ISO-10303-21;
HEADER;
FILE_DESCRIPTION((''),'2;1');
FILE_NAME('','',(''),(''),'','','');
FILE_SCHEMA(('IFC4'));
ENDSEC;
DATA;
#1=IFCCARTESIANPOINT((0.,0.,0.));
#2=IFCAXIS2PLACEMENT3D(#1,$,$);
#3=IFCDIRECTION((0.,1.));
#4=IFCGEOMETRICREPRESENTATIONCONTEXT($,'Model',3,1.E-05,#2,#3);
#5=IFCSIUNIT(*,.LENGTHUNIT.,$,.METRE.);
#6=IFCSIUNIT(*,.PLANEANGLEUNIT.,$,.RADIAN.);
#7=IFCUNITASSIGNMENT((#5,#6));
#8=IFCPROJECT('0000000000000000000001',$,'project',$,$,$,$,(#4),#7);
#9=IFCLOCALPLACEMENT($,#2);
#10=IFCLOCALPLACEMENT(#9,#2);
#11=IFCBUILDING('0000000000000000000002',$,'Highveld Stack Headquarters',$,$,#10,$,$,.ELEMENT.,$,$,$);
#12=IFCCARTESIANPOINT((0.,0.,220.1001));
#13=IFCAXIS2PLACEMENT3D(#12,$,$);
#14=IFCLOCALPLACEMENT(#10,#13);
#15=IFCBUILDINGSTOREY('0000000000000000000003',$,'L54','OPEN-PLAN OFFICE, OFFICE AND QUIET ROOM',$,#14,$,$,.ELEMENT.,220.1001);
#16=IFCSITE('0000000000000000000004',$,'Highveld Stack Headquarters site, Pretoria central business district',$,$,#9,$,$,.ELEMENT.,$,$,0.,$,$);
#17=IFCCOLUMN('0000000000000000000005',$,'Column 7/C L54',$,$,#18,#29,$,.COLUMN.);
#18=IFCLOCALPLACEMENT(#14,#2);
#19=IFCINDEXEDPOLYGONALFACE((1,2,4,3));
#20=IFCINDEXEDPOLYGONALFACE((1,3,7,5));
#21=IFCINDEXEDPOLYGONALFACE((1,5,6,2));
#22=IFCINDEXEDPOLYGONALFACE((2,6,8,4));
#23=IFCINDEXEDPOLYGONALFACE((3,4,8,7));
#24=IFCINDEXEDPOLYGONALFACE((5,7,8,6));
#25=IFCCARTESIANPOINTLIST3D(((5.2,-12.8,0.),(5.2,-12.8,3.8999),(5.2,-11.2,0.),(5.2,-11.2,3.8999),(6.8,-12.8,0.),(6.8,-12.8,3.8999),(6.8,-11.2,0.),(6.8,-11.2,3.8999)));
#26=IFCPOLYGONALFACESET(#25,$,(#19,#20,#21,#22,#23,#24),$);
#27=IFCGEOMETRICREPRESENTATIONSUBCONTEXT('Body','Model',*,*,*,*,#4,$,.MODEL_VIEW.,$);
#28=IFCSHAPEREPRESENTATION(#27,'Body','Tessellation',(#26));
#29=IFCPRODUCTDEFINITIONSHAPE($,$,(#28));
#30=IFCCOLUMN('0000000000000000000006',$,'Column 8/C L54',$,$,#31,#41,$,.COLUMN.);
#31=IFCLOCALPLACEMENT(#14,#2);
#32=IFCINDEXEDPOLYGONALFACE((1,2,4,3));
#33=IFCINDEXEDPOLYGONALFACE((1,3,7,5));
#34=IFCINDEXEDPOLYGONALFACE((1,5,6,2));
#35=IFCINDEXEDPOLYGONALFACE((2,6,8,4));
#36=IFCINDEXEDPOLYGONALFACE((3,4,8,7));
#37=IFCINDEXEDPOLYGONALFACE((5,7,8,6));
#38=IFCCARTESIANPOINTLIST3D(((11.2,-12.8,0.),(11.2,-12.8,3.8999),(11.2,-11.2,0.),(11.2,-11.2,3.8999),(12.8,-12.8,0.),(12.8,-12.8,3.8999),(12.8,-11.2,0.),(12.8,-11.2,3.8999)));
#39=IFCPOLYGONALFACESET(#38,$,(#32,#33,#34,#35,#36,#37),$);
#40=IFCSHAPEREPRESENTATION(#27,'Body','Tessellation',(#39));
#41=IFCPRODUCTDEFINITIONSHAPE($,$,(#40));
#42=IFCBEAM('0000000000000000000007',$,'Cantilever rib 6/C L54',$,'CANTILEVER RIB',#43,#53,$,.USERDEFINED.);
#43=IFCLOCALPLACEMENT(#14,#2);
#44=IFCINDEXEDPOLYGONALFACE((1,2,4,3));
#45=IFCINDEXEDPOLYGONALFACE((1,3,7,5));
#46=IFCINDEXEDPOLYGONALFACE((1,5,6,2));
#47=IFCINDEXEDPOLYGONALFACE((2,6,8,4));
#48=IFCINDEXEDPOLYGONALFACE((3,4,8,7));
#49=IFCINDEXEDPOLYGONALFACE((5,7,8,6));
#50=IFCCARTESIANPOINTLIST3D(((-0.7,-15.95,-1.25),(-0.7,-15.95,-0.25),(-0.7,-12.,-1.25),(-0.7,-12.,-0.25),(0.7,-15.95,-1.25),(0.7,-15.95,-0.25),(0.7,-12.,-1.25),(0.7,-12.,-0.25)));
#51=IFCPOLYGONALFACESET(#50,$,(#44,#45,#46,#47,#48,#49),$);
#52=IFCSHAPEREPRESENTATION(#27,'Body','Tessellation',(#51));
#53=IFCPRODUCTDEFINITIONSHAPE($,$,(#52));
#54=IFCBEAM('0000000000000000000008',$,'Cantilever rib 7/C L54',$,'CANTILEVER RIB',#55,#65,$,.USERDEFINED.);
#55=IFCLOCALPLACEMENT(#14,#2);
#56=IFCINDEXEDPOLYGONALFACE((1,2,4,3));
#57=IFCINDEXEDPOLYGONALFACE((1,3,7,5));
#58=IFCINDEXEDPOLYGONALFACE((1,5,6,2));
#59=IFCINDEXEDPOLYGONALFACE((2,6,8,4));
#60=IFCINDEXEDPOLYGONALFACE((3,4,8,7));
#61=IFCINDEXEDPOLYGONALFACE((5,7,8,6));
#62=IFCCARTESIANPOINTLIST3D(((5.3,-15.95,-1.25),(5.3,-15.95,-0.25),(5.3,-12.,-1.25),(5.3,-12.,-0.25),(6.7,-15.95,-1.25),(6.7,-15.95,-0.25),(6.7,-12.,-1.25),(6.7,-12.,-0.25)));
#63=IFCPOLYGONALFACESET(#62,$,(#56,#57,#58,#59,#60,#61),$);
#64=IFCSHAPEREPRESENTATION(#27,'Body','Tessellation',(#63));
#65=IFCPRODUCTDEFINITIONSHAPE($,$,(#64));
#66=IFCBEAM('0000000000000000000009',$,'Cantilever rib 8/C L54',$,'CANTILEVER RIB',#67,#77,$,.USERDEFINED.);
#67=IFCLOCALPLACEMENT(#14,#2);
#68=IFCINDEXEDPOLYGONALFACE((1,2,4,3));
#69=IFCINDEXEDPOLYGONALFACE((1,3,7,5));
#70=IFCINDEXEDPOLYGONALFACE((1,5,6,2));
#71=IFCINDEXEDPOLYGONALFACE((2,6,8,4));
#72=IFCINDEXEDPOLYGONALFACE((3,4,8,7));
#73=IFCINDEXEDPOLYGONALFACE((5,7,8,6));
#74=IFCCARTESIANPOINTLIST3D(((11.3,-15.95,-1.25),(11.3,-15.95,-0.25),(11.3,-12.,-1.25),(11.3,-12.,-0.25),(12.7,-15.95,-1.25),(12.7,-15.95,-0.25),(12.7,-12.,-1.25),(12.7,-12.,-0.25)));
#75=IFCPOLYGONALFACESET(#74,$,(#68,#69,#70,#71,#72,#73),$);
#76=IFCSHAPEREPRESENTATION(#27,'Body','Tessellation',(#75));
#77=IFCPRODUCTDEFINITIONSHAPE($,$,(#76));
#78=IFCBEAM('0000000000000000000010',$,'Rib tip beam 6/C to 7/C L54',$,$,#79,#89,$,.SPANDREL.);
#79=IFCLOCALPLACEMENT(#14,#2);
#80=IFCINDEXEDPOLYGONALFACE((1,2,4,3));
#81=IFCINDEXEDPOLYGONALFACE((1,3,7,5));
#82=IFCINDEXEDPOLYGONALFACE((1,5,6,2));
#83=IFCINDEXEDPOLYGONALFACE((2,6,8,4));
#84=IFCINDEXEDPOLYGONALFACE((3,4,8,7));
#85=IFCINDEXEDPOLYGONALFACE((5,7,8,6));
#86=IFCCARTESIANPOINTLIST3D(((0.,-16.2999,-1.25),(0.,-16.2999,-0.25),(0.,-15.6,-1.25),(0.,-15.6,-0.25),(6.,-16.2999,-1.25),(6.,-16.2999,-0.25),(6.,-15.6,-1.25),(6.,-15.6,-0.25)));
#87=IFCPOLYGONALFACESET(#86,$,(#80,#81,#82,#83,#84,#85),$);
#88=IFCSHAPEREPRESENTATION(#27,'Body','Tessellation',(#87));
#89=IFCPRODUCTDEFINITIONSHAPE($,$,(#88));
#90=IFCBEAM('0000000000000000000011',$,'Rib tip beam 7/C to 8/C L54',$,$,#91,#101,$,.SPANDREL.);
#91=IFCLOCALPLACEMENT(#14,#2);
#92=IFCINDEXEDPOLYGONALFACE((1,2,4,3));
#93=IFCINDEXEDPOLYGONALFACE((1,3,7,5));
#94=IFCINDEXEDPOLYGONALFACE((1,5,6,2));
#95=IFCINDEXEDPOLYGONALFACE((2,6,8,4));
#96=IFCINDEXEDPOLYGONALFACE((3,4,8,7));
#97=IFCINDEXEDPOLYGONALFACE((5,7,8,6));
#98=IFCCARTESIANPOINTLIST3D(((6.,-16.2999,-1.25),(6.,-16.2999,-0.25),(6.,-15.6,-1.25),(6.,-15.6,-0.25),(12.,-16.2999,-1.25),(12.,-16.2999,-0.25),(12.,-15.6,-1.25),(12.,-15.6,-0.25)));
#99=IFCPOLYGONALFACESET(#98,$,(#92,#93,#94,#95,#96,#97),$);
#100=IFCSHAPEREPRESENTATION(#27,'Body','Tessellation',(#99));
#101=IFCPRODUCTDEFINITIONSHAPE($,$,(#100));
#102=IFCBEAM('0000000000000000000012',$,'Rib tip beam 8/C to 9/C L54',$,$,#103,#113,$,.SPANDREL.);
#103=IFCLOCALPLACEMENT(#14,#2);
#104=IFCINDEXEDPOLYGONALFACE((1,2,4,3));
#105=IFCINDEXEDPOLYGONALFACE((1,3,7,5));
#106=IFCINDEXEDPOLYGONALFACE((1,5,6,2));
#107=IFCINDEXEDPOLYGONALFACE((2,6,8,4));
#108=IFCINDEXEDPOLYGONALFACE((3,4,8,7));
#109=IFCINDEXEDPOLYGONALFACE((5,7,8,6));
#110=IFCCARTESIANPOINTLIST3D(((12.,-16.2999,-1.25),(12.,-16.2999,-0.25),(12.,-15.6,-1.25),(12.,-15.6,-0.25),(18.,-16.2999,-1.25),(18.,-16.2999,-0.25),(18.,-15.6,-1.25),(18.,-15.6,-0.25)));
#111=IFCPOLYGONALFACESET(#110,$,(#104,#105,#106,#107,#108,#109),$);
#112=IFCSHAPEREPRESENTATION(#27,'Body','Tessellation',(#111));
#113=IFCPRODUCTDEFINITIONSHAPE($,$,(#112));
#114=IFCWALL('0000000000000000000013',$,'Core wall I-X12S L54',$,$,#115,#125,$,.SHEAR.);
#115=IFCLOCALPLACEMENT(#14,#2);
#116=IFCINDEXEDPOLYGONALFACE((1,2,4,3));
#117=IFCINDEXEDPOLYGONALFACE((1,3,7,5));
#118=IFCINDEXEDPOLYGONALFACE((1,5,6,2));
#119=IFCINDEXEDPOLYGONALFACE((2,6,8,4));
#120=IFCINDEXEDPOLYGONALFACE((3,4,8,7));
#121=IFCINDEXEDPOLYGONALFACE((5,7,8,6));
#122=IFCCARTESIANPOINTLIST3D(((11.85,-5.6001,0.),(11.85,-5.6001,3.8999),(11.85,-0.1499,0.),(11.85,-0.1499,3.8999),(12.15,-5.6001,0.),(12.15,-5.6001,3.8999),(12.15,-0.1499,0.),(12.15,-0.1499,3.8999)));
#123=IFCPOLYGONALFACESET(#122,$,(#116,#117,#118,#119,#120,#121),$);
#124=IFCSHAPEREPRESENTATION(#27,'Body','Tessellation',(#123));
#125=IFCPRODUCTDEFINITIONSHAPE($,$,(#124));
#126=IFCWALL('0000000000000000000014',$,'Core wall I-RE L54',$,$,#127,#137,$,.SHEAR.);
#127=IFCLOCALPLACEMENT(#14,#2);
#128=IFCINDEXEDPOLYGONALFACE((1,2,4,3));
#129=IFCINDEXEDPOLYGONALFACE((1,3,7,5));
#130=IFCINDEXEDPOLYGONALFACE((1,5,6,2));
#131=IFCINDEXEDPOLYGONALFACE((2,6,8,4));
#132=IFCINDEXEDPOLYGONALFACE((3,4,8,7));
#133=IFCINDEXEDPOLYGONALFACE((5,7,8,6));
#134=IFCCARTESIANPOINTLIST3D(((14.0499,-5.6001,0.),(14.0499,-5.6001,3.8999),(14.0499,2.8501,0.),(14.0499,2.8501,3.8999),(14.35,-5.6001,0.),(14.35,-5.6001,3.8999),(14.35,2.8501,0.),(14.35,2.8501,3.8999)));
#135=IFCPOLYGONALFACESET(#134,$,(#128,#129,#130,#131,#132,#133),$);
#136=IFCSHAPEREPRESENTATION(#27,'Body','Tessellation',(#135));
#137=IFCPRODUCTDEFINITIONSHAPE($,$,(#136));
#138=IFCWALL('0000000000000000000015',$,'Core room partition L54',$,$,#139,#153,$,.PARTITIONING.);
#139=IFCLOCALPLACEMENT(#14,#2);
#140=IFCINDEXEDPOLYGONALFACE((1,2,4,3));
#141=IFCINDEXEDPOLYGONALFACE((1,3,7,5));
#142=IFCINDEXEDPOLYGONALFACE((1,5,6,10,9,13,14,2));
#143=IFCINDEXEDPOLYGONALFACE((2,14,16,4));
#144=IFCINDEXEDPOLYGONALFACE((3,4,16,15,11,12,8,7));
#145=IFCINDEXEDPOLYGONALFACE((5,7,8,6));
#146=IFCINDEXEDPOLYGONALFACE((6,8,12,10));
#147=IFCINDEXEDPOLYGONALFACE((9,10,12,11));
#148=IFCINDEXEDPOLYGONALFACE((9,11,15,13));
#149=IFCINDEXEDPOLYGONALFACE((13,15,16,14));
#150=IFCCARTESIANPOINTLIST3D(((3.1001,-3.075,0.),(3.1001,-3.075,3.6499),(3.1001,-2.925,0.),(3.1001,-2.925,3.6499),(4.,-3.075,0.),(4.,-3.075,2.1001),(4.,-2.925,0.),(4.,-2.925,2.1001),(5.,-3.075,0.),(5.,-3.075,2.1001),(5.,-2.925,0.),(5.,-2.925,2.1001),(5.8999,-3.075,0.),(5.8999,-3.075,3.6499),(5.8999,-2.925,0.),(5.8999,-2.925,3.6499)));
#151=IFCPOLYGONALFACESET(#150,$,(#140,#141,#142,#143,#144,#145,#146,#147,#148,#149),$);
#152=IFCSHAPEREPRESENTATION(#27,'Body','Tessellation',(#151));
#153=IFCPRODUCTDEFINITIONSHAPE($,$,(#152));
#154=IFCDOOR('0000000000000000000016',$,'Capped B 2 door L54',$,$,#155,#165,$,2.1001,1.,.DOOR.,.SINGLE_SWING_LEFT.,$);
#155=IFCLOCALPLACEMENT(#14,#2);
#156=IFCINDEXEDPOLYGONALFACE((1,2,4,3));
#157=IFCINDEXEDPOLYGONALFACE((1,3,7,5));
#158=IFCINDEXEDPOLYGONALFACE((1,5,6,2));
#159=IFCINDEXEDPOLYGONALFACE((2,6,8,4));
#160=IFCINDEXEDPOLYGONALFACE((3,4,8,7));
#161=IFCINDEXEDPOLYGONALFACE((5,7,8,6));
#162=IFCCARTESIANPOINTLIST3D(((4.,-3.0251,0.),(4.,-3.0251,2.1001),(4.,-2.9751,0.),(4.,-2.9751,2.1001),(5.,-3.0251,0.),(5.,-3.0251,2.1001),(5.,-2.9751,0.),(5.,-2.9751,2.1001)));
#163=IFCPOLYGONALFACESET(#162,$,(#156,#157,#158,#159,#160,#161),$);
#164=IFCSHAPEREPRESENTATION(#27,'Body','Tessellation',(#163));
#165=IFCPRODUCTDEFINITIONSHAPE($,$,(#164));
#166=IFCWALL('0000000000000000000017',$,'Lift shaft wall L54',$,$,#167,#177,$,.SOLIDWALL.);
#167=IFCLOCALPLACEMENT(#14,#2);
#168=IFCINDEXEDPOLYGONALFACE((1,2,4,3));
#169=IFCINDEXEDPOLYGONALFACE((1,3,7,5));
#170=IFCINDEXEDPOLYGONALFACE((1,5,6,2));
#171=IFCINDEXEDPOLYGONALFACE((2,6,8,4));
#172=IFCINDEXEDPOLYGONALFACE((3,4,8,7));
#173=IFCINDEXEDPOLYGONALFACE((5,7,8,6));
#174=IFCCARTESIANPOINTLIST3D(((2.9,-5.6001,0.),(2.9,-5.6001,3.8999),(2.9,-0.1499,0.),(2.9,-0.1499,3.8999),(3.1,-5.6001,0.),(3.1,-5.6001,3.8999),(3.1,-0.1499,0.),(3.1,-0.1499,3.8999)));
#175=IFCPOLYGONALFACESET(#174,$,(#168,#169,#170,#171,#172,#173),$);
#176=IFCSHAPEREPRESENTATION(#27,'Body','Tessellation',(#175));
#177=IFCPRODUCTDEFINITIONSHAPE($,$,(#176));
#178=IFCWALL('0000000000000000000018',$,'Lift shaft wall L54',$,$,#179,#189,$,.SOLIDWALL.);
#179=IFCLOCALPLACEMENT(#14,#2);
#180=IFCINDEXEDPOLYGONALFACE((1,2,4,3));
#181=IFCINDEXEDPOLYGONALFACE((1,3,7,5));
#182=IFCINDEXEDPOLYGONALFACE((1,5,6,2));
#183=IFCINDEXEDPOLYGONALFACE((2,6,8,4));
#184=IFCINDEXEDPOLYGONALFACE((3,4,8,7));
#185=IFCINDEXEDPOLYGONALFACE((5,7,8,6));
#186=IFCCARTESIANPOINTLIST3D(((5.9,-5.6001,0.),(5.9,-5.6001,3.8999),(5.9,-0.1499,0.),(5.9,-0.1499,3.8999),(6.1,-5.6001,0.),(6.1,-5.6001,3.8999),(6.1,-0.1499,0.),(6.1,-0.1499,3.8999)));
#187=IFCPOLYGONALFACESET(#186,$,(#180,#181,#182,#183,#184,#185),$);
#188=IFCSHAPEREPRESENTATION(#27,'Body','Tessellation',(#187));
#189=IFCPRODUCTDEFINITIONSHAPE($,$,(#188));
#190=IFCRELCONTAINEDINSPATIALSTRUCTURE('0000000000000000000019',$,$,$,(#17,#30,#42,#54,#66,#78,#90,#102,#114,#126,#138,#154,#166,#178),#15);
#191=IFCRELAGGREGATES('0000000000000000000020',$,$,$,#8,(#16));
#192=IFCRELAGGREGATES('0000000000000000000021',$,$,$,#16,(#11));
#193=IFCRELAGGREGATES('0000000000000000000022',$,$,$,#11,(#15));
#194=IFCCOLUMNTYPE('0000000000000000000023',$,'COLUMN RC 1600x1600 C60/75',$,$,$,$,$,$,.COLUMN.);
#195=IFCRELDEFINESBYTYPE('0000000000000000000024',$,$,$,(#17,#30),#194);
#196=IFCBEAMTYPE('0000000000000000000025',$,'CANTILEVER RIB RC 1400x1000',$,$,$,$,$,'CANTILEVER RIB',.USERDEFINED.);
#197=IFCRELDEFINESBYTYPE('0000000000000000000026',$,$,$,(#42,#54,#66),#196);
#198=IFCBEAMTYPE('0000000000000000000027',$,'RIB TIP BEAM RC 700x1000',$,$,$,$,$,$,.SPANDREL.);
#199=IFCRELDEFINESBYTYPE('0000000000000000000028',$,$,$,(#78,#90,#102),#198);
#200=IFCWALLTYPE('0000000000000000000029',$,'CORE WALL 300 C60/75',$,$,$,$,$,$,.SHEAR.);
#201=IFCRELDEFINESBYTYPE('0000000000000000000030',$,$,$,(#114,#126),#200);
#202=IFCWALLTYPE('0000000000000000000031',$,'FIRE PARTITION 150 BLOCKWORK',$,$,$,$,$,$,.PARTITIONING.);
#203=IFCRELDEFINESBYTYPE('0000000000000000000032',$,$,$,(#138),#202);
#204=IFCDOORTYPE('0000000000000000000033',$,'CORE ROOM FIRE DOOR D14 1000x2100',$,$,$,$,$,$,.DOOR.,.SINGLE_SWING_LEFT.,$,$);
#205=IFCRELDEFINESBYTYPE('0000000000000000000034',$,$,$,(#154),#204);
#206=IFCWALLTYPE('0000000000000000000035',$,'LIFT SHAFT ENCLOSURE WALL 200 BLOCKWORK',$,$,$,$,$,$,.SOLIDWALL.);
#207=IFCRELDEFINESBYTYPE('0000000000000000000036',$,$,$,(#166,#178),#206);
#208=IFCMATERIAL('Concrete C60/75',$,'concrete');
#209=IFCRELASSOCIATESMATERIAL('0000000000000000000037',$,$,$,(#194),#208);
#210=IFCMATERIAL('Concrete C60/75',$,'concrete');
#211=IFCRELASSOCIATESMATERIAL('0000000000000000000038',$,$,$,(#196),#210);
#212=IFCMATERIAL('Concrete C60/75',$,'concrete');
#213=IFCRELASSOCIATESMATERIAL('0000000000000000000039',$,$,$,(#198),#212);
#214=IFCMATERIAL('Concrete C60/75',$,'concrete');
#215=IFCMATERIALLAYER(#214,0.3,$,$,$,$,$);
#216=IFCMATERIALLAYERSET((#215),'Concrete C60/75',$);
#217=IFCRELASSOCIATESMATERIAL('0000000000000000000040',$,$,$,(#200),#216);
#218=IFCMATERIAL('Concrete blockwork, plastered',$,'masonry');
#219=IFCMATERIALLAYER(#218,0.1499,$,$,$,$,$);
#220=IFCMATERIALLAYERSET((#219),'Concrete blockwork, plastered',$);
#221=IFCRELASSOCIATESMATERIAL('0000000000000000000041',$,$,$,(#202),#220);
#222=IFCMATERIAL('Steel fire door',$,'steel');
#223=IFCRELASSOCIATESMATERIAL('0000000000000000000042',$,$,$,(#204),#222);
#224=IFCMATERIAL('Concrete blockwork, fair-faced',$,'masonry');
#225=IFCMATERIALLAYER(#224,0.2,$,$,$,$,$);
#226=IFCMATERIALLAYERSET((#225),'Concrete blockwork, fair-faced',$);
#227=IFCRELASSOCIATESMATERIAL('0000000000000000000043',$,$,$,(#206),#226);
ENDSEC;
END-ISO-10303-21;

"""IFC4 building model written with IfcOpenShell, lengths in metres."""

from ifc_helpers import new_model, si_unit, direction, frame, frame_2d, origin, origin_2d, place, context, subcontext, project, spatial, rectangle, extrude, material, layer, layer_set, material_profile, profile_set, type_object, element, fill, save


model = new_model("IFC4")

# Units and contexts
model_context = context("Model", 3, precision=1e-05, world=origin(), true_north=direction((0.0, 1.0)))
body_context = subcontext(model_context, "Body", "Model", "MODEL_VIEW")
ifc_project = project(units=[si_unit("LENGTHUNIT", "METRE"), si_unit("PLANEANGLEUNIT", "RADIAN")], contexts=[model_context])

# Site, building, storey
site_placement = place(None, origin())
site = spatial("IfcSite", under=ifc_project, at=site_placement, Name="Highveld Stack Headquarters site, Pretoria central business district", CompositionType="ELEMENT", RefElevation=0.0)
building_placement = place(site_placement, origin())
building = spatial("IfcBuilding", under=site, at=building_placement, Name="Highveld Stack Headquarters", CompositionType="ELEMENT")
storey_placement = place(building_placement, frame((0.0, 0.0, 220.1001)))
storey = spatial("IfcBuildingStorey", under=building, at=storey_placement, Name="L54", Description="OPEN-PLAN OFFICE, OFFICE AND QUIET ROOM", CompositionType="ELEMENT", Elevation=220.1001)

# Columns
ifc_material_1 = material(Name="Concrete C60/75", Category="concrete")
ifc_material_profile_1 = material_profile(ifc_material_1, rectangle(XDim=1.6001, YDim=1.6001, at=origin_2d()), Name="RC 1600x1600")
ifc_profile_set_1 = profile_set([ifc_material_profile_1], Name="Concrete C60/75")
column_type = type_object("IfcColumnType", Name="COLUMN RC 1600x1600 C60/75", PredefinedType="COLUMN", material=ifc_profile_set_1)
for number, where, z_axis, x_axis, name in (
    (1, (6.0, -12.0, 0.0), (0.0, 0.0, 1.0), (1.0, 0.0, 0.0), "Column 7/C L54"),
    (2, (12.0, -12.0, 0.0), (0.0, 0.0, 1.0), (1.0, 0.0, 0.0), "Column 8/C L54"),
):
    element("IfcColumn", number, at=place(storey_placement, frame(where, z_axis=z_axis, x_axis=x_axis)), inside=storey, type_object=column_type, Name=name, PredefinedType="COLUMN", context=body_context, shape_type="SweptSolid", body=[
        extrude(rectangle(XDim=1.6001, YDim=1.6001, at=origin_2d()), origin(), (0.0, 0.0, 1.0), 3.8999),
    ])

# Beams
ifc_material_2 = material(Name="Concrete C60/75", Category="concrete")
ifc_material_profile_2 = material_profile(ifc_material_2, rectangle(XDim=1.3999, YDim=1.0, at=origin_2d()), Name="RC 1400x1000")
ifc_profile_set_2 = profile_set([ifc_material_profile_2], Name="Concrete C60/75")
beam_type_1 = type_object("IfcBeamType", Name="CANTILEVER RIB RC 1400x1000", ElementType="CANTILEVER RIB", PredefinedType="USERDEFINED", material=ifc_profile_set_2)
for number, where, z_axis, x_axis, name in (
    (3, (0.0, -12.0, -0.75), (0.0, -1.0, 0.0), (1.0, 0.0, 0.0), "Cantilever rib 6/C L54"),
    (4, (6.0, -12.0, -0.75), (0.0, -1.0, 0.0), (1.0, 0.0, 0.0), "Cantilever rib 7/C L54"),
    (5, (12.0, -12.0, -0.75), (0.0, -1.0, 0.0), (1.0, 0.0, 0.0), "Cantilever rib 8/C L54"),
):
    element("IfcBeam", number, at=place(storey_placement, frame(where, z_axis=z_axis, x_axis=x_axis)), inside=storey, type_object=beam_type_1, Name=name, ObjectType="CANTILEVER RIB", PredefinedType="USERDEFINED", context=body_context, shape_type="SweptSolid", body=[
        extrude(rectangle(XDim=1.3999, YDim=1.0, at=origin_2d()), origin(), (0.0, 0.0, 1.0), 3.95),
    ])
ifc_material_3 = material(Name="Concrete C60/75", Category="concrete")
ifc_material_profile_3 = material_profile(ifc_material_3, rectangle(XDim=0.7, YDim=1.0, at=origin_2d()), Name="RC 700x1000")
ifc_profile_set_3 = profile_set([ifc_material_profile_3], Name="Concrete C60/75")
beam_type_2 = type_object("IfcBeamType", Name="RIB TIP BEAM RC 700x1000", PredefinedType="SPANDREL", material=ifc_profile_set_3)
for number, where, z_axis, x_axis, name in (
    (6, (0.0, -15.95, -0.75), (1.0, 0.0, 0.0), (0.0, 1.0, 0.0), "Rib tip beam 6/C to 7/C L54"),
    (7, (6.0, -15.95, -0.75), (1.0, 0.0, 0.0), (0.0, 1.0, 0.0), "Rib tip beam 7/C to 8/C L54"),
    (8, (12.0, -15.95, -0.75), (1.0, 0.0, 0.0), (0.0, 1.0, 0.0), "Rib tip beam 8/C to 9/C L54"),
):
    element("IfcBeam", number, at=place(storey_placement, frame(where, z_axis=z_axis, x_axis=x_axis)), inside=storey, type_object=beam_type_2, Name=name, PredefinedType="SPANDREL", context=body_context, shape_type="SweptSolid", body=[
        extrude(rectangle(XDim=0.7, YDim=1.0, at=origin_2d()), origin(), (0.0, 0.0, 1.0), 6.0),
    ])

# Walls
ifc_material_4 = material(Name="Concrete C60/75", Category="concrete")
ifc_layer_1 = layer(ifc_material_4, 0.3)
ifc_layer_set_1 = layer_set([ifc_layer_1], Name="Concrete C60/75")
wall_type_1 = type_object("IfcWallType", Name="CORE WALL 300 C60/75", PredefinedType="SHEAR", material=ifc_layer_set_1)
wall_1_placement = place(storey_placement, frame((12.0, -5.6001, 0.0), z_axis=(0.0, 0.0, 1.0), x_axis=(0.0, 1.0, 0.0)))
element("IfcWall", 9, at=wall_1_placement, inside=storey, type_object=wall_type_1, Name="Core wall I-X12S L54", PredefinedType="SHEAR", context=body_context, shape_type="SweptSolid", body=[
    extrude(rectangle(XDim=5.4502, YDim=0.3, at=frame_2d((2.7251, 0.0))), origin(), (0.0, 0.0, 1.0), 3.8999),
])
wall_2_placement = place(storey_placement, frame((14.2, -5.6001, 0.0), z_axis=(0.0, 0.0, 1.0), x_axis=(0.0, 1.0, 0.0)))
element("IfcWall", 10, at=wall_2_placement, inside=storey, type_object=wall_type_1, Name="Core wall I-RE L54", PredefinedType="SHEAR", context=body_context, shape_type="SweptSolid", body=[
    extrude(rectangle(XDim=8.4502, YDim=0.3, at=frame_2d((4.2251, 0.0))), origin(), (0.0, 0.0, 1.0), 3.8999),
])

# Wall, opening, door
ifc_material_5 = material(Name="Concrete blockwork, plastered", Category="masonry")
ifc_layer_2 = layer(ifc_material_5, 0.1499)
ifc_layer_set_2 = layer_set([ifc_layer_2], Name="Concrete blockwork, plastered")
wall_type_2 = type_object("IfcWallType", Name="FIRE PARTITION 150 BLOCKWORK", PredefinedType="PARTITIONING", material=ifc_layer_set_2)
wall_3_placement = place(storey_placement, frame((3.1001, -3.0, 0.0), z_axis=(0.0, 0.0, 1.0), x_axis=(1.0, 0.0, 0.0)))
wall_3 = element("IfcWall", 11, at=wall_3_placement, inside=storey, type_object=wall_type_2, Name="Core room partition L54", PredefinedType="PARTITIONING", context=body_context, shape_type="SweptSolid", body=[
    extrude(rectangle(XDim=2.7998, YDim=0.1499, at=frame_2d((1.3999, 0.0))), origin(), (0.0, 0.0, 1.0), 3.6499),
])
opening_1_placement = place(wall_3_placement, frame((0.8999, 0.0, 0.0)))
opening_1 = element("IfcOpeningElement", 12, at=opening_1_placement, cuts=wall_3, PredefinedType="OPENING", context=body_context, shape_type="SweptSolid", body=[
    extrude(rectangle(XDim=1.0, YDim=2.1001, at=frame_2d((0.5, 1.05))), frame((0.0, 0.085, 0.0), z_axis=(0.0, -1.0, 0.0), x_axis=(1.0, 0.0, 0.0)), (0.0, 0.0, 1.0), 0.1699),
])
ifc_material_6 = material(Name="Steel fire door", Category="steel")
door_type_1 = type_object("IfcDoorType", Name="CORE ROOM FIRE DOOR D14 1000x2100", OperationType="SINGLE_SWING_LEFT", PredefinedType="DOOR", material=ifc_material_6)
door_1_placement = place(opening_1_placement, origin())
door_1 = element("IfcDoor", 13, at=door_1_placement, inside=storey, type_object=door_type_1, Name="Capped B 2 door L54", OperationType="SINGLE_SWING_LEFT", OverallHeight=2.1001, OverallWidth=1.0, PredefinedType="DOOR", context=body_context, shape_type="SweptSolid", body=[
    extrude(rectangle(XDim=1.0, YDim=2.1001, at=frame_2d((0.5, 1.05))), frame((0.0, 0.0249, 0.0), z_axis=(0.0, -1.0, 0.0), x_axis=(1.0, 0.0, 0.0)), (0.0, 0.0, 1.0), 0.05),
])
fill(opening_1, door_1)

# Walls
ifc_material_7 = material(Name="Concrete blockwork, fair-faced", Category="masonry")
ifc_layer_3 = layer(ifc_material_7, 0.2)
ifc_layer_set_3 = layer_set([ifc_layer_3], Name="Concrete blockwork, fair-faced")
wall_type_3 = type_object("IfcWallType", Name="LIFT SHAFT ENCLOSURE WALL 200 BLOCKWORK", PredefinedType="SOLIDWALL", material=ifc_layer_set_3)
for number, where, z_axis, x_axis, name in (
    (14, (3.0, -5.6001, 0.0), (0.0, 0.0, 1.0), (0.0, 1.0, 0.0), "Lift shaft wall L54"),
    (15, (6.0, -5.6001, 0.0), (0.0, 0.0, 1.0), (0.0, 1.0, 0.0), "Lift shaft wall L54"),
):
    element("IfcWall", number, at=place(storey_placement, frame(where, z_axis=z_axis, x_axis=x_axis)), inside=storey, type_object=wall_type_3, Name=name, PredefinedType="SOLIDWALL", context=body_context, shape_type="SweptSolid", body=[
        extrude(rectangle(XDim=5.4502, YDim=0.2, at=frame_2d((2.7251, 0.0))), origin(), (0.0, 0.0, 1.0), 3.8999),
    ])

save(model, "model.ifc")
